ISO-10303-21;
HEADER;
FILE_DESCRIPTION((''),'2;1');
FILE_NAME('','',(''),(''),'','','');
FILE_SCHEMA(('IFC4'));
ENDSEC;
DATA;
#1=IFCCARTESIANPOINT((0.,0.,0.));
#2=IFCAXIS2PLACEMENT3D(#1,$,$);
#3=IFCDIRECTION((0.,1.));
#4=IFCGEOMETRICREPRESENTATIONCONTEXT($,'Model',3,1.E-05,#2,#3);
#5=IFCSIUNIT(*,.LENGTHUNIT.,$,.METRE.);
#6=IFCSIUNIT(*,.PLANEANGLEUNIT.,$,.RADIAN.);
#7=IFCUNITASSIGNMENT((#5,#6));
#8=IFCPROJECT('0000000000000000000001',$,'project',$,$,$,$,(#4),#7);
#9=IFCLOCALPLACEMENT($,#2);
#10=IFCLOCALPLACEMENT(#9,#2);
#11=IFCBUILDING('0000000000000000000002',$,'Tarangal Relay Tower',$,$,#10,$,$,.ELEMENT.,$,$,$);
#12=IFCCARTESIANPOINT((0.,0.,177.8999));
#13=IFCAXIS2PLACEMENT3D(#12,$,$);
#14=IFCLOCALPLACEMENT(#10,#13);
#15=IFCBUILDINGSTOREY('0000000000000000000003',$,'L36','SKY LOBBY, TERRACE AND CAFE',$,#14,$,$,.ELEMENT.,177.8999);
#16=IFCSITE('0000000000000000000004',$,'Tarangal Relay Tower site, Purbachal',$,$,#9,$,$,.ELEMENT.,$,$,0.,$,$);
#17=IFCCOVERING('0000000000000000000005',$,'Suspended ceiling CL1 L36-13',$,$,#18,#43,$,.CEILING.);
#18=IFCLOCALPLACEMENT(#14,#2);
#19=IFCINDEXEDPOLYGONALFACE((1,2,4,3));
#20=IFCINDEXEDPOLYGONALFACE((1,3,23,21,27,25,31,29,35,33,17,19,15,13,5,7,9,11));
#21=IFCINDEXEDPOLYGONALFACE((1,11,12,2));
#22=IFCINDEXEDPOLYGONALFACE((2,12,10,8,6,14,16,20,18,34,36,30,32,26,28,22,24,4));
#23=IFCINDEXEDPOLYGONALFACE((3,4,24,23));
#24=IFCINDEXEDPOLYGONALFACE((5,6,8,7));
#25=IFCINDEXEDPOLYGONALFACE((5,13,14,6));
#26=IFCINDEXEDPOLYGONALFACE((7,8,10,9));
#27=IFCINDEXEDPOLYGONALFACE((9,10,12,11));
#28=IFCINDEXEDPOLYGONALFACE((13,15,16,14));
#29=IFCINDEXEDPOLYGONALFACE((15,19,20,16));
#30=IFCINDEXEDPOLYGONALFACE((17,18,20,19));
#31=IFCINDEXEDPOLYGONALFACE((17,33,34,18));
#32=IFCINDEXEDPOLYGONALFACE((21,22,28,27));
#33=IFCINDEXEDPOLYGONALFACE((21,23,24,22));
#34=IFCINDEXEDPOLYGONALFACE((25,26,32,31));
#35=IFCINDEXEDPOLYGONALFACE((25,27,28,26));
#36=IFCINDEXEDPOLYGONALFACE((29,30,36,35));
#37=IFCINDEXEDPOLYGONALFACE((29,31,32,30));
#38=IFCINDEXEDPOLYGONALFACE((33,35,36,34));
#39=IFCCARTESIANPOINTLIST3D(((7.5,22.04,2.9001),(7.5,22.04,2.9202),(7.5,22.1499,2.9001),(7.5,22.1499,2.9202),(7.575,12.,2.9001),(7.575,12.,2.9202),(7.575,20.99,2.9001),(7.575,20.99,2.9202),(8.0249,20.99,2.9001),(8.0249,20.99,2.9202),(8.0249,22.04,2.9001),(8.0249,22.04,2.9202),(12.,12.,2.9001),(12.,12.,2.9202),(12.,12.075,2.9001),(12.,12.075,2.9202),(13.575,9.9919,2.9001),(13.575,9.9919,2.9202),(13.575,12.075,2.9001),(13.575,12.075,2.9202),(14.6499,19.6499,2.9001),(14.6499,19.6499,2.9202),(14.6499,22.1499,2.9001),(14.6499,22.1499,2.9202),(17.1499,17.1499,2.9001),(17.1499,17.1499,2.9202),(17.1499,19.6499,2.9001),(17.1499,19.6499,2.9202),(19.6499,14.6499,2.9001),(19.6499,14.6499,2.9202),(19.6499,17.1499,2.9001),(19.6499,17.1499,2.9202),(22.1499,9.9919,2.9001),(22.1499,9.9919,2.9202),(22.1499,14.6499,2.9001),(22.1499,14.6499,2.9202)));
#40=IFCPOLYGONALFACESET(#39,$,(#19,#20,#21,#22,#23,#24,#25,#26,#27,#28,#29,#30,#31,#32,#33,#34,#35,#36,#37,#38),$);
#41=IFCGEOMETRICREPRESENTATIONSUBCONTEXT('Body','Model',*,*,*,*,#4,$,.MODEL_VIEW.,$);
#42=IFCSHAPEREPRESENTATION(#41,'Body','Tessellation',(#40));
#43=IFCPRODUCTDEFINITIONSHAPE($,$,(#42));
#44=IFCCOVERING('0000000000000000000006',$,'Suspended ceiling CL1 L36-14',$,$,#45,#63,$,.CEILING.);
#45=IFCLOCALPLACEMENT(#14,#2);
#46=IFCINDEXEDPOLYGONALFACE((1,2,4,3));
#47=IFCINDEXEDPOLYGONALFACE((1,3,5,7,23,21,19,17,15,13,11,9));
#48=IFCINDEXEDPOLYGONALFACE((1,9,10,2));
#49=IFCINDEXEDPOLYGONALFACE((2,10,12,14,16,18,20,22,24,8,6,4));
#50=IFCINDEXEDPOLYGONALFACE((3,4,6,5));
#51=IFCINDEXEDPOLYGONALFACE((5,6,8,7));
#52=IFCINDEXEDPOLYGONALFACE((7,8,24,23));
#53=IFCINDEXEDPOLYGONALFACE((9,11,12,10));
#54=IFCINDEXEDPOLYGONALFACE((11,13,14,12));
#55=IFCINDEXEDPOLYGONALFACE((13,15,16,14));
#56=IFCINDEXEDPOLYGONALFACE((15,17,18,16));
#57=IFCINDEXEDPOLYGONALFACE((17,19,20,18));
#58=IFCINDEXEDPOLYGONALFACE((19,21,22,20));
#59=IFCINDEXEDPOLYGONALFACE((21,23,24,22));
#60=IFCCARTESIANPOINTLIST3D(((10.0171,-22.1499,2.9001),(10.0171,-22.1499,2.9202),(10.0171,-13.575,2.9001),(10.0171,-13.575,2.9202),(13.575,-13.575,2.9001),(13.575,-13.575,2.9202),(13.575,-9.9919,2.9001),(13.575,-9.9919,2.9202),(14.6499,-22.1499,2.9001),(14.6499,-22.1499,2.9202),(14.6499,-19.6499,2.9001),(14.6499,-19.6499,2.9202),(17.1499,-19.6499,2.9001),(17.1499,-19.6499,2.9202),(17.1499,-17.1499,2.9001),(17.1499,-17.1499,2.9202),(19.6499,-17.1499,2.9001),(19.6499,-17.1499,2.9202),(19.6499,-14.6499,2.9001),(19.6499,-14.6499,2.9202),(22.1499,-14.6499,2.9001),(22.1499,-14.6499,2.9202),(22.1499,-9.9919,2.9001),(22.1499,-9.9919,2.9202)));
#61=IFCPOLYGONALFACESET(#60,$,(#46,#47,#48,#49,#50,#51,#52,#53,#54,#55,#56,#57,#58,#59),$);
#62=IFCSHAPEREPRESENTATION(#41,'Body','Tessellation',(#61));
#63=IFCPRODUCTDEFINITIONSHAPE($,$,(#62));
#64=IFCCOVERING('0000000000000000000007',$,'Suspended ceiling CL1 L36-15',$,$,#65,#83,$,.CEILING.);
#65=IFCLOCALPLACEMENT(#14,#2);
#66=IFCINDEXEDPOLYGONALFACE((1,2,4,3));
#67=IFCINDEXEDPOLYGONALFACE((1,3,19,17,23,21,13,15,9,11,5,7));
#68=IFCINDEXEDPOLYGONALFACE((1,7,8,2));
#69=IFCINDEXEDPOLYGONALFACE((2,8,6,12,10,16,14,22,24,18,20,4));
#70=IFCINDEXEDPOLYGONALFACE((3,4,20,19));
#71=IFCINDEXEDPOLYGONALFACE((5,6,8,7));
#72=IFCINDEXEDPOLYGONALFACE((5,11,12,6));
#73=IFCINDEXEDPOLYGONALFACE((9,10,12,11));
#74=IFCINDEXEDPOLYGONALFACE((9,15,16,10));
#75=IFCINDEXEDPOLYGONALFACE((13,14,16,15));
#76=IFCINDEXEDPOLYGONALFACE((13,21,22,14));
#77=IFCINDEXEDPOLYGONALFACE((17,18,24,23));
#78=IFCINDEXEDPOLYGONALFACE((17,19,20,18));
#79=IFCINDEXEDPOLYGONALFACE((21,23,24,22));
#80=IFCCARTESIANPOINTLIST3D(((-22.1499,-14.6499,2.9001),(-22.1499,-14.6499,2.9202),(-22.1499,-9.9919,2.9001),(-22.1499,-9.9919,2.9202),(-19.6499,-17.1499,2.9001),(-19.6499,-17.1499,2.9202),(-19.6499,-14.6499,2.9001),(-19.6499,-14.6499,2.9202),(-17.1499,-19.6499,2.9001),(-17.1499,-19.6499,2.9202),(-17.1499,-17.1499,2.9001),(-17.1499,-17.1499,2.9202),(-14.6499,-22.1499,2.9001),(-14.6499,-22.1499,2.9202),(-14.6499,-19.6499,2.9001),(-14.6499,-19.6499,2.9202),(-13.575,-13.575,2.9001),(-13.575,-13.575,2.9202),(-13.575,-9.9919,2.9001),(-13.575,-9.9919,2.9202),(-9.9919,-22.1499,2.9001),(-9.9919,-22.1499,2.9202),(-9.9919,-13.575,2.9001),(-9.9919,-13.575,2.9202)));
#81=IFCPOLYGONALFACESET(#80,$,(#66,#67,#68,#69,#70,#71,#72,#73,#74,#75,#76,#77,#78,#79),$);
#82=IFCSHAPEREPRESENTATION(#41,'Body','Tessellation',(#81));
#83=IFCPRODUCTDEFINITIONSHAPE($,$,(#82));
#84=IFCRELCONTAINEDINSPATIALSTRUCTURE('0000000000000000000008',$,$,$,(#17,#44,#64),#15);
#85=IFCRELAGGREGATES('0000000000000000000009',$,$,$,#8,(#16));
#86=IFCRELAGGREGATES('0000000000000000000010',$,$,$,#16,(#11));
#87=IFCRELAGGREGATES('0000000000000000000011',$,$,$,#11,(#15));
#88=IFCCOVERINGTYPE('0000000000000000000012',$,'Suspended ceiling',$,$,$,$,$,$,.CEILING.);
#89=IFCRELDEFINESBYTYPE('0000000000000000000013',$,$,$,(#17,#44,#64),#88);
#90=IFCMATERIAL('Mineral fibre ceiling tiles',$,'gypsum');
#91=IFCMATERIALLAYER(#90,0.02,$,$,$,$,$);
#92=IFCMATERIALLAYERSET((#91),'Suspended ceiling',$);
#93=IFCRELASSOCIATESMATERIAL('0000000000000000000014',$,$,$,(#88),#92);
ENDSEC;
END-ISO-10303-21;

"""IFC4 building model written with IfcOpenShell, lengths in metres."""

from ifc_helpers import new_model, si_unit, direction, frame, origin, place, context, subcontext, project, spatial, polyline, outline, extrude, material, layer, layer_set, type_object, element, save


model = new_model("IFC4")

# Units and contexts
model_context = context("Model", 3, precision=1e-05, world=origin(), true_north=direction((0.0, 1.0)))
body_context = subcontext(model_context, "Body", "Model", "MODEL_VIEW")
ifc_project = project(units=[si_unit("LENGTHUNIT", "METRE"), si_unit("PLANEANGLEUNIT", "RADIAN")], contexts=[model_context])

# Site, building, storey
site_placement = place(None, origin())
site = spatial("IfcSite", under=ifc_project, at=site_placement, Name="Tarangal Relay Tower site, Purbachal", CompositionType="ELEMENT", RefElevation=0.0)
building_placement = place(site_placement, origin())
building = spatial("IfcBuilding", under=site, at=building_placement, Name="Tarangal Relay Tower", CompositionType="ELEMENT")
storey_placement = place(building_placement, frame((0.0, 0.0, 177.8999)))
storey = spatial("IfcBuildingStorey", under=building, at=storey_placement, Name="L36", Description="SKY LOBBY, TERRACE AND CAFE", CompositionType="ELEMENT", Elevation=177.8999)

# Coverings
ifc_material_1 = material(Name="Mineral fibre ceiling tiles", Category="gypsum")
ifc_layer_1 = layer(ifc_material_1, 0.02)
ifc_layer_set_1 = layer_set([ifc_layer_1], Name="Suspended ceiling")
covering_type = type_object("IfcCoveringType", Name="Suspended ceiling", PredefinedType="CEILING", material=ifc_layer_set_1)
covering_1_placement = place(storey_placement, frame((0.0, 0.0, 2.9001)))
element("IfcCovering", 1, at=covering_1_placement, inside=storey, type_object=covering_type, Name="Suspended ceiling CL1 L36-13", PredefinedType="CEILING", context=body_context, shape_type="SweptSolid", body=[
    extrude(outline(polyline([(7.5, 22.1499), (7.5, 22.04), (8.0249, 22.04), (8.0249, 20.99), (7.575, 20.99), (7.575, 12.0), (12.0, 12.0), (12.0, 12.075), (13.575, 12.075), (13.575, 9.9919), (22.1499, 9.9919), (22.1499, 14.6499), (19.6499, 14.6499), (19.6499, 17.1499), (17.1499, 17.1499), (17.1499, 19.6499), (14.6499, 19.6499), (14.6499, 22.1499), (7.5, 22.1499)])), origin(), (0.0, 0.0, 1.0), 0.02),
])
covering_2_placement = place(storey_placement, frame((0.0, 0.0, 2.9001)))
element("IfcCovering", 2, at=covering_2_placement, inside=storey, type_object=covering_type, Name="Suspended ceiling CL1 L36-14", PredefinedType="CEILING", context=body_context, shape_type="SweptSolid", body=[
    extrude(outline(polyline([(22.1499, -14.6499), (22.1499, -9.9919), (13.575, -9.9919), (13.575, -13.575), (10.0171, -13.575), (10.0171, -22.1499), (14.6499, -22.1499), (14.6499, -19.6499), (17.1499, -19.6499), (17.1499, -17.1499), (19.6499, -17.1499), (19.6499, -14.6499), (22.1499, -14.6499)])), origin(), (0.0, 0.0, 1.0), 0.02),
])
covering_3_placement = place(storey_placement, frame((0.0, 0.0, 2.9001)))
element("IfcCovering", 3, at=covering_3_placement, inside=storey, type_object=covering_type, Name="Suspended ceiling CL1 L36-15", PredefinedType="CEILING", context=body_context, shape_type="SweptSolid", body=[
    extrude(outline(polyline([(-14.6499, -19.6499), (-14.6499, -22.1499), (-9.9919, -22.1499), (-9.9919, -13.575), (-13.575, -13.575), (-13.575, -9.9919), (-22.1499, -9.9919), (-22.1499, -14.6499), (-19.6499, -14.6499), (-19.6499, -17.1499), (-17.1499, -17.1499), (-17.1499, -19.6499), (-14.6499, -19.6499)])), origin(), (0.0, 0.0, 1.0), 0.02),
])

save(model, "model.ifc")
